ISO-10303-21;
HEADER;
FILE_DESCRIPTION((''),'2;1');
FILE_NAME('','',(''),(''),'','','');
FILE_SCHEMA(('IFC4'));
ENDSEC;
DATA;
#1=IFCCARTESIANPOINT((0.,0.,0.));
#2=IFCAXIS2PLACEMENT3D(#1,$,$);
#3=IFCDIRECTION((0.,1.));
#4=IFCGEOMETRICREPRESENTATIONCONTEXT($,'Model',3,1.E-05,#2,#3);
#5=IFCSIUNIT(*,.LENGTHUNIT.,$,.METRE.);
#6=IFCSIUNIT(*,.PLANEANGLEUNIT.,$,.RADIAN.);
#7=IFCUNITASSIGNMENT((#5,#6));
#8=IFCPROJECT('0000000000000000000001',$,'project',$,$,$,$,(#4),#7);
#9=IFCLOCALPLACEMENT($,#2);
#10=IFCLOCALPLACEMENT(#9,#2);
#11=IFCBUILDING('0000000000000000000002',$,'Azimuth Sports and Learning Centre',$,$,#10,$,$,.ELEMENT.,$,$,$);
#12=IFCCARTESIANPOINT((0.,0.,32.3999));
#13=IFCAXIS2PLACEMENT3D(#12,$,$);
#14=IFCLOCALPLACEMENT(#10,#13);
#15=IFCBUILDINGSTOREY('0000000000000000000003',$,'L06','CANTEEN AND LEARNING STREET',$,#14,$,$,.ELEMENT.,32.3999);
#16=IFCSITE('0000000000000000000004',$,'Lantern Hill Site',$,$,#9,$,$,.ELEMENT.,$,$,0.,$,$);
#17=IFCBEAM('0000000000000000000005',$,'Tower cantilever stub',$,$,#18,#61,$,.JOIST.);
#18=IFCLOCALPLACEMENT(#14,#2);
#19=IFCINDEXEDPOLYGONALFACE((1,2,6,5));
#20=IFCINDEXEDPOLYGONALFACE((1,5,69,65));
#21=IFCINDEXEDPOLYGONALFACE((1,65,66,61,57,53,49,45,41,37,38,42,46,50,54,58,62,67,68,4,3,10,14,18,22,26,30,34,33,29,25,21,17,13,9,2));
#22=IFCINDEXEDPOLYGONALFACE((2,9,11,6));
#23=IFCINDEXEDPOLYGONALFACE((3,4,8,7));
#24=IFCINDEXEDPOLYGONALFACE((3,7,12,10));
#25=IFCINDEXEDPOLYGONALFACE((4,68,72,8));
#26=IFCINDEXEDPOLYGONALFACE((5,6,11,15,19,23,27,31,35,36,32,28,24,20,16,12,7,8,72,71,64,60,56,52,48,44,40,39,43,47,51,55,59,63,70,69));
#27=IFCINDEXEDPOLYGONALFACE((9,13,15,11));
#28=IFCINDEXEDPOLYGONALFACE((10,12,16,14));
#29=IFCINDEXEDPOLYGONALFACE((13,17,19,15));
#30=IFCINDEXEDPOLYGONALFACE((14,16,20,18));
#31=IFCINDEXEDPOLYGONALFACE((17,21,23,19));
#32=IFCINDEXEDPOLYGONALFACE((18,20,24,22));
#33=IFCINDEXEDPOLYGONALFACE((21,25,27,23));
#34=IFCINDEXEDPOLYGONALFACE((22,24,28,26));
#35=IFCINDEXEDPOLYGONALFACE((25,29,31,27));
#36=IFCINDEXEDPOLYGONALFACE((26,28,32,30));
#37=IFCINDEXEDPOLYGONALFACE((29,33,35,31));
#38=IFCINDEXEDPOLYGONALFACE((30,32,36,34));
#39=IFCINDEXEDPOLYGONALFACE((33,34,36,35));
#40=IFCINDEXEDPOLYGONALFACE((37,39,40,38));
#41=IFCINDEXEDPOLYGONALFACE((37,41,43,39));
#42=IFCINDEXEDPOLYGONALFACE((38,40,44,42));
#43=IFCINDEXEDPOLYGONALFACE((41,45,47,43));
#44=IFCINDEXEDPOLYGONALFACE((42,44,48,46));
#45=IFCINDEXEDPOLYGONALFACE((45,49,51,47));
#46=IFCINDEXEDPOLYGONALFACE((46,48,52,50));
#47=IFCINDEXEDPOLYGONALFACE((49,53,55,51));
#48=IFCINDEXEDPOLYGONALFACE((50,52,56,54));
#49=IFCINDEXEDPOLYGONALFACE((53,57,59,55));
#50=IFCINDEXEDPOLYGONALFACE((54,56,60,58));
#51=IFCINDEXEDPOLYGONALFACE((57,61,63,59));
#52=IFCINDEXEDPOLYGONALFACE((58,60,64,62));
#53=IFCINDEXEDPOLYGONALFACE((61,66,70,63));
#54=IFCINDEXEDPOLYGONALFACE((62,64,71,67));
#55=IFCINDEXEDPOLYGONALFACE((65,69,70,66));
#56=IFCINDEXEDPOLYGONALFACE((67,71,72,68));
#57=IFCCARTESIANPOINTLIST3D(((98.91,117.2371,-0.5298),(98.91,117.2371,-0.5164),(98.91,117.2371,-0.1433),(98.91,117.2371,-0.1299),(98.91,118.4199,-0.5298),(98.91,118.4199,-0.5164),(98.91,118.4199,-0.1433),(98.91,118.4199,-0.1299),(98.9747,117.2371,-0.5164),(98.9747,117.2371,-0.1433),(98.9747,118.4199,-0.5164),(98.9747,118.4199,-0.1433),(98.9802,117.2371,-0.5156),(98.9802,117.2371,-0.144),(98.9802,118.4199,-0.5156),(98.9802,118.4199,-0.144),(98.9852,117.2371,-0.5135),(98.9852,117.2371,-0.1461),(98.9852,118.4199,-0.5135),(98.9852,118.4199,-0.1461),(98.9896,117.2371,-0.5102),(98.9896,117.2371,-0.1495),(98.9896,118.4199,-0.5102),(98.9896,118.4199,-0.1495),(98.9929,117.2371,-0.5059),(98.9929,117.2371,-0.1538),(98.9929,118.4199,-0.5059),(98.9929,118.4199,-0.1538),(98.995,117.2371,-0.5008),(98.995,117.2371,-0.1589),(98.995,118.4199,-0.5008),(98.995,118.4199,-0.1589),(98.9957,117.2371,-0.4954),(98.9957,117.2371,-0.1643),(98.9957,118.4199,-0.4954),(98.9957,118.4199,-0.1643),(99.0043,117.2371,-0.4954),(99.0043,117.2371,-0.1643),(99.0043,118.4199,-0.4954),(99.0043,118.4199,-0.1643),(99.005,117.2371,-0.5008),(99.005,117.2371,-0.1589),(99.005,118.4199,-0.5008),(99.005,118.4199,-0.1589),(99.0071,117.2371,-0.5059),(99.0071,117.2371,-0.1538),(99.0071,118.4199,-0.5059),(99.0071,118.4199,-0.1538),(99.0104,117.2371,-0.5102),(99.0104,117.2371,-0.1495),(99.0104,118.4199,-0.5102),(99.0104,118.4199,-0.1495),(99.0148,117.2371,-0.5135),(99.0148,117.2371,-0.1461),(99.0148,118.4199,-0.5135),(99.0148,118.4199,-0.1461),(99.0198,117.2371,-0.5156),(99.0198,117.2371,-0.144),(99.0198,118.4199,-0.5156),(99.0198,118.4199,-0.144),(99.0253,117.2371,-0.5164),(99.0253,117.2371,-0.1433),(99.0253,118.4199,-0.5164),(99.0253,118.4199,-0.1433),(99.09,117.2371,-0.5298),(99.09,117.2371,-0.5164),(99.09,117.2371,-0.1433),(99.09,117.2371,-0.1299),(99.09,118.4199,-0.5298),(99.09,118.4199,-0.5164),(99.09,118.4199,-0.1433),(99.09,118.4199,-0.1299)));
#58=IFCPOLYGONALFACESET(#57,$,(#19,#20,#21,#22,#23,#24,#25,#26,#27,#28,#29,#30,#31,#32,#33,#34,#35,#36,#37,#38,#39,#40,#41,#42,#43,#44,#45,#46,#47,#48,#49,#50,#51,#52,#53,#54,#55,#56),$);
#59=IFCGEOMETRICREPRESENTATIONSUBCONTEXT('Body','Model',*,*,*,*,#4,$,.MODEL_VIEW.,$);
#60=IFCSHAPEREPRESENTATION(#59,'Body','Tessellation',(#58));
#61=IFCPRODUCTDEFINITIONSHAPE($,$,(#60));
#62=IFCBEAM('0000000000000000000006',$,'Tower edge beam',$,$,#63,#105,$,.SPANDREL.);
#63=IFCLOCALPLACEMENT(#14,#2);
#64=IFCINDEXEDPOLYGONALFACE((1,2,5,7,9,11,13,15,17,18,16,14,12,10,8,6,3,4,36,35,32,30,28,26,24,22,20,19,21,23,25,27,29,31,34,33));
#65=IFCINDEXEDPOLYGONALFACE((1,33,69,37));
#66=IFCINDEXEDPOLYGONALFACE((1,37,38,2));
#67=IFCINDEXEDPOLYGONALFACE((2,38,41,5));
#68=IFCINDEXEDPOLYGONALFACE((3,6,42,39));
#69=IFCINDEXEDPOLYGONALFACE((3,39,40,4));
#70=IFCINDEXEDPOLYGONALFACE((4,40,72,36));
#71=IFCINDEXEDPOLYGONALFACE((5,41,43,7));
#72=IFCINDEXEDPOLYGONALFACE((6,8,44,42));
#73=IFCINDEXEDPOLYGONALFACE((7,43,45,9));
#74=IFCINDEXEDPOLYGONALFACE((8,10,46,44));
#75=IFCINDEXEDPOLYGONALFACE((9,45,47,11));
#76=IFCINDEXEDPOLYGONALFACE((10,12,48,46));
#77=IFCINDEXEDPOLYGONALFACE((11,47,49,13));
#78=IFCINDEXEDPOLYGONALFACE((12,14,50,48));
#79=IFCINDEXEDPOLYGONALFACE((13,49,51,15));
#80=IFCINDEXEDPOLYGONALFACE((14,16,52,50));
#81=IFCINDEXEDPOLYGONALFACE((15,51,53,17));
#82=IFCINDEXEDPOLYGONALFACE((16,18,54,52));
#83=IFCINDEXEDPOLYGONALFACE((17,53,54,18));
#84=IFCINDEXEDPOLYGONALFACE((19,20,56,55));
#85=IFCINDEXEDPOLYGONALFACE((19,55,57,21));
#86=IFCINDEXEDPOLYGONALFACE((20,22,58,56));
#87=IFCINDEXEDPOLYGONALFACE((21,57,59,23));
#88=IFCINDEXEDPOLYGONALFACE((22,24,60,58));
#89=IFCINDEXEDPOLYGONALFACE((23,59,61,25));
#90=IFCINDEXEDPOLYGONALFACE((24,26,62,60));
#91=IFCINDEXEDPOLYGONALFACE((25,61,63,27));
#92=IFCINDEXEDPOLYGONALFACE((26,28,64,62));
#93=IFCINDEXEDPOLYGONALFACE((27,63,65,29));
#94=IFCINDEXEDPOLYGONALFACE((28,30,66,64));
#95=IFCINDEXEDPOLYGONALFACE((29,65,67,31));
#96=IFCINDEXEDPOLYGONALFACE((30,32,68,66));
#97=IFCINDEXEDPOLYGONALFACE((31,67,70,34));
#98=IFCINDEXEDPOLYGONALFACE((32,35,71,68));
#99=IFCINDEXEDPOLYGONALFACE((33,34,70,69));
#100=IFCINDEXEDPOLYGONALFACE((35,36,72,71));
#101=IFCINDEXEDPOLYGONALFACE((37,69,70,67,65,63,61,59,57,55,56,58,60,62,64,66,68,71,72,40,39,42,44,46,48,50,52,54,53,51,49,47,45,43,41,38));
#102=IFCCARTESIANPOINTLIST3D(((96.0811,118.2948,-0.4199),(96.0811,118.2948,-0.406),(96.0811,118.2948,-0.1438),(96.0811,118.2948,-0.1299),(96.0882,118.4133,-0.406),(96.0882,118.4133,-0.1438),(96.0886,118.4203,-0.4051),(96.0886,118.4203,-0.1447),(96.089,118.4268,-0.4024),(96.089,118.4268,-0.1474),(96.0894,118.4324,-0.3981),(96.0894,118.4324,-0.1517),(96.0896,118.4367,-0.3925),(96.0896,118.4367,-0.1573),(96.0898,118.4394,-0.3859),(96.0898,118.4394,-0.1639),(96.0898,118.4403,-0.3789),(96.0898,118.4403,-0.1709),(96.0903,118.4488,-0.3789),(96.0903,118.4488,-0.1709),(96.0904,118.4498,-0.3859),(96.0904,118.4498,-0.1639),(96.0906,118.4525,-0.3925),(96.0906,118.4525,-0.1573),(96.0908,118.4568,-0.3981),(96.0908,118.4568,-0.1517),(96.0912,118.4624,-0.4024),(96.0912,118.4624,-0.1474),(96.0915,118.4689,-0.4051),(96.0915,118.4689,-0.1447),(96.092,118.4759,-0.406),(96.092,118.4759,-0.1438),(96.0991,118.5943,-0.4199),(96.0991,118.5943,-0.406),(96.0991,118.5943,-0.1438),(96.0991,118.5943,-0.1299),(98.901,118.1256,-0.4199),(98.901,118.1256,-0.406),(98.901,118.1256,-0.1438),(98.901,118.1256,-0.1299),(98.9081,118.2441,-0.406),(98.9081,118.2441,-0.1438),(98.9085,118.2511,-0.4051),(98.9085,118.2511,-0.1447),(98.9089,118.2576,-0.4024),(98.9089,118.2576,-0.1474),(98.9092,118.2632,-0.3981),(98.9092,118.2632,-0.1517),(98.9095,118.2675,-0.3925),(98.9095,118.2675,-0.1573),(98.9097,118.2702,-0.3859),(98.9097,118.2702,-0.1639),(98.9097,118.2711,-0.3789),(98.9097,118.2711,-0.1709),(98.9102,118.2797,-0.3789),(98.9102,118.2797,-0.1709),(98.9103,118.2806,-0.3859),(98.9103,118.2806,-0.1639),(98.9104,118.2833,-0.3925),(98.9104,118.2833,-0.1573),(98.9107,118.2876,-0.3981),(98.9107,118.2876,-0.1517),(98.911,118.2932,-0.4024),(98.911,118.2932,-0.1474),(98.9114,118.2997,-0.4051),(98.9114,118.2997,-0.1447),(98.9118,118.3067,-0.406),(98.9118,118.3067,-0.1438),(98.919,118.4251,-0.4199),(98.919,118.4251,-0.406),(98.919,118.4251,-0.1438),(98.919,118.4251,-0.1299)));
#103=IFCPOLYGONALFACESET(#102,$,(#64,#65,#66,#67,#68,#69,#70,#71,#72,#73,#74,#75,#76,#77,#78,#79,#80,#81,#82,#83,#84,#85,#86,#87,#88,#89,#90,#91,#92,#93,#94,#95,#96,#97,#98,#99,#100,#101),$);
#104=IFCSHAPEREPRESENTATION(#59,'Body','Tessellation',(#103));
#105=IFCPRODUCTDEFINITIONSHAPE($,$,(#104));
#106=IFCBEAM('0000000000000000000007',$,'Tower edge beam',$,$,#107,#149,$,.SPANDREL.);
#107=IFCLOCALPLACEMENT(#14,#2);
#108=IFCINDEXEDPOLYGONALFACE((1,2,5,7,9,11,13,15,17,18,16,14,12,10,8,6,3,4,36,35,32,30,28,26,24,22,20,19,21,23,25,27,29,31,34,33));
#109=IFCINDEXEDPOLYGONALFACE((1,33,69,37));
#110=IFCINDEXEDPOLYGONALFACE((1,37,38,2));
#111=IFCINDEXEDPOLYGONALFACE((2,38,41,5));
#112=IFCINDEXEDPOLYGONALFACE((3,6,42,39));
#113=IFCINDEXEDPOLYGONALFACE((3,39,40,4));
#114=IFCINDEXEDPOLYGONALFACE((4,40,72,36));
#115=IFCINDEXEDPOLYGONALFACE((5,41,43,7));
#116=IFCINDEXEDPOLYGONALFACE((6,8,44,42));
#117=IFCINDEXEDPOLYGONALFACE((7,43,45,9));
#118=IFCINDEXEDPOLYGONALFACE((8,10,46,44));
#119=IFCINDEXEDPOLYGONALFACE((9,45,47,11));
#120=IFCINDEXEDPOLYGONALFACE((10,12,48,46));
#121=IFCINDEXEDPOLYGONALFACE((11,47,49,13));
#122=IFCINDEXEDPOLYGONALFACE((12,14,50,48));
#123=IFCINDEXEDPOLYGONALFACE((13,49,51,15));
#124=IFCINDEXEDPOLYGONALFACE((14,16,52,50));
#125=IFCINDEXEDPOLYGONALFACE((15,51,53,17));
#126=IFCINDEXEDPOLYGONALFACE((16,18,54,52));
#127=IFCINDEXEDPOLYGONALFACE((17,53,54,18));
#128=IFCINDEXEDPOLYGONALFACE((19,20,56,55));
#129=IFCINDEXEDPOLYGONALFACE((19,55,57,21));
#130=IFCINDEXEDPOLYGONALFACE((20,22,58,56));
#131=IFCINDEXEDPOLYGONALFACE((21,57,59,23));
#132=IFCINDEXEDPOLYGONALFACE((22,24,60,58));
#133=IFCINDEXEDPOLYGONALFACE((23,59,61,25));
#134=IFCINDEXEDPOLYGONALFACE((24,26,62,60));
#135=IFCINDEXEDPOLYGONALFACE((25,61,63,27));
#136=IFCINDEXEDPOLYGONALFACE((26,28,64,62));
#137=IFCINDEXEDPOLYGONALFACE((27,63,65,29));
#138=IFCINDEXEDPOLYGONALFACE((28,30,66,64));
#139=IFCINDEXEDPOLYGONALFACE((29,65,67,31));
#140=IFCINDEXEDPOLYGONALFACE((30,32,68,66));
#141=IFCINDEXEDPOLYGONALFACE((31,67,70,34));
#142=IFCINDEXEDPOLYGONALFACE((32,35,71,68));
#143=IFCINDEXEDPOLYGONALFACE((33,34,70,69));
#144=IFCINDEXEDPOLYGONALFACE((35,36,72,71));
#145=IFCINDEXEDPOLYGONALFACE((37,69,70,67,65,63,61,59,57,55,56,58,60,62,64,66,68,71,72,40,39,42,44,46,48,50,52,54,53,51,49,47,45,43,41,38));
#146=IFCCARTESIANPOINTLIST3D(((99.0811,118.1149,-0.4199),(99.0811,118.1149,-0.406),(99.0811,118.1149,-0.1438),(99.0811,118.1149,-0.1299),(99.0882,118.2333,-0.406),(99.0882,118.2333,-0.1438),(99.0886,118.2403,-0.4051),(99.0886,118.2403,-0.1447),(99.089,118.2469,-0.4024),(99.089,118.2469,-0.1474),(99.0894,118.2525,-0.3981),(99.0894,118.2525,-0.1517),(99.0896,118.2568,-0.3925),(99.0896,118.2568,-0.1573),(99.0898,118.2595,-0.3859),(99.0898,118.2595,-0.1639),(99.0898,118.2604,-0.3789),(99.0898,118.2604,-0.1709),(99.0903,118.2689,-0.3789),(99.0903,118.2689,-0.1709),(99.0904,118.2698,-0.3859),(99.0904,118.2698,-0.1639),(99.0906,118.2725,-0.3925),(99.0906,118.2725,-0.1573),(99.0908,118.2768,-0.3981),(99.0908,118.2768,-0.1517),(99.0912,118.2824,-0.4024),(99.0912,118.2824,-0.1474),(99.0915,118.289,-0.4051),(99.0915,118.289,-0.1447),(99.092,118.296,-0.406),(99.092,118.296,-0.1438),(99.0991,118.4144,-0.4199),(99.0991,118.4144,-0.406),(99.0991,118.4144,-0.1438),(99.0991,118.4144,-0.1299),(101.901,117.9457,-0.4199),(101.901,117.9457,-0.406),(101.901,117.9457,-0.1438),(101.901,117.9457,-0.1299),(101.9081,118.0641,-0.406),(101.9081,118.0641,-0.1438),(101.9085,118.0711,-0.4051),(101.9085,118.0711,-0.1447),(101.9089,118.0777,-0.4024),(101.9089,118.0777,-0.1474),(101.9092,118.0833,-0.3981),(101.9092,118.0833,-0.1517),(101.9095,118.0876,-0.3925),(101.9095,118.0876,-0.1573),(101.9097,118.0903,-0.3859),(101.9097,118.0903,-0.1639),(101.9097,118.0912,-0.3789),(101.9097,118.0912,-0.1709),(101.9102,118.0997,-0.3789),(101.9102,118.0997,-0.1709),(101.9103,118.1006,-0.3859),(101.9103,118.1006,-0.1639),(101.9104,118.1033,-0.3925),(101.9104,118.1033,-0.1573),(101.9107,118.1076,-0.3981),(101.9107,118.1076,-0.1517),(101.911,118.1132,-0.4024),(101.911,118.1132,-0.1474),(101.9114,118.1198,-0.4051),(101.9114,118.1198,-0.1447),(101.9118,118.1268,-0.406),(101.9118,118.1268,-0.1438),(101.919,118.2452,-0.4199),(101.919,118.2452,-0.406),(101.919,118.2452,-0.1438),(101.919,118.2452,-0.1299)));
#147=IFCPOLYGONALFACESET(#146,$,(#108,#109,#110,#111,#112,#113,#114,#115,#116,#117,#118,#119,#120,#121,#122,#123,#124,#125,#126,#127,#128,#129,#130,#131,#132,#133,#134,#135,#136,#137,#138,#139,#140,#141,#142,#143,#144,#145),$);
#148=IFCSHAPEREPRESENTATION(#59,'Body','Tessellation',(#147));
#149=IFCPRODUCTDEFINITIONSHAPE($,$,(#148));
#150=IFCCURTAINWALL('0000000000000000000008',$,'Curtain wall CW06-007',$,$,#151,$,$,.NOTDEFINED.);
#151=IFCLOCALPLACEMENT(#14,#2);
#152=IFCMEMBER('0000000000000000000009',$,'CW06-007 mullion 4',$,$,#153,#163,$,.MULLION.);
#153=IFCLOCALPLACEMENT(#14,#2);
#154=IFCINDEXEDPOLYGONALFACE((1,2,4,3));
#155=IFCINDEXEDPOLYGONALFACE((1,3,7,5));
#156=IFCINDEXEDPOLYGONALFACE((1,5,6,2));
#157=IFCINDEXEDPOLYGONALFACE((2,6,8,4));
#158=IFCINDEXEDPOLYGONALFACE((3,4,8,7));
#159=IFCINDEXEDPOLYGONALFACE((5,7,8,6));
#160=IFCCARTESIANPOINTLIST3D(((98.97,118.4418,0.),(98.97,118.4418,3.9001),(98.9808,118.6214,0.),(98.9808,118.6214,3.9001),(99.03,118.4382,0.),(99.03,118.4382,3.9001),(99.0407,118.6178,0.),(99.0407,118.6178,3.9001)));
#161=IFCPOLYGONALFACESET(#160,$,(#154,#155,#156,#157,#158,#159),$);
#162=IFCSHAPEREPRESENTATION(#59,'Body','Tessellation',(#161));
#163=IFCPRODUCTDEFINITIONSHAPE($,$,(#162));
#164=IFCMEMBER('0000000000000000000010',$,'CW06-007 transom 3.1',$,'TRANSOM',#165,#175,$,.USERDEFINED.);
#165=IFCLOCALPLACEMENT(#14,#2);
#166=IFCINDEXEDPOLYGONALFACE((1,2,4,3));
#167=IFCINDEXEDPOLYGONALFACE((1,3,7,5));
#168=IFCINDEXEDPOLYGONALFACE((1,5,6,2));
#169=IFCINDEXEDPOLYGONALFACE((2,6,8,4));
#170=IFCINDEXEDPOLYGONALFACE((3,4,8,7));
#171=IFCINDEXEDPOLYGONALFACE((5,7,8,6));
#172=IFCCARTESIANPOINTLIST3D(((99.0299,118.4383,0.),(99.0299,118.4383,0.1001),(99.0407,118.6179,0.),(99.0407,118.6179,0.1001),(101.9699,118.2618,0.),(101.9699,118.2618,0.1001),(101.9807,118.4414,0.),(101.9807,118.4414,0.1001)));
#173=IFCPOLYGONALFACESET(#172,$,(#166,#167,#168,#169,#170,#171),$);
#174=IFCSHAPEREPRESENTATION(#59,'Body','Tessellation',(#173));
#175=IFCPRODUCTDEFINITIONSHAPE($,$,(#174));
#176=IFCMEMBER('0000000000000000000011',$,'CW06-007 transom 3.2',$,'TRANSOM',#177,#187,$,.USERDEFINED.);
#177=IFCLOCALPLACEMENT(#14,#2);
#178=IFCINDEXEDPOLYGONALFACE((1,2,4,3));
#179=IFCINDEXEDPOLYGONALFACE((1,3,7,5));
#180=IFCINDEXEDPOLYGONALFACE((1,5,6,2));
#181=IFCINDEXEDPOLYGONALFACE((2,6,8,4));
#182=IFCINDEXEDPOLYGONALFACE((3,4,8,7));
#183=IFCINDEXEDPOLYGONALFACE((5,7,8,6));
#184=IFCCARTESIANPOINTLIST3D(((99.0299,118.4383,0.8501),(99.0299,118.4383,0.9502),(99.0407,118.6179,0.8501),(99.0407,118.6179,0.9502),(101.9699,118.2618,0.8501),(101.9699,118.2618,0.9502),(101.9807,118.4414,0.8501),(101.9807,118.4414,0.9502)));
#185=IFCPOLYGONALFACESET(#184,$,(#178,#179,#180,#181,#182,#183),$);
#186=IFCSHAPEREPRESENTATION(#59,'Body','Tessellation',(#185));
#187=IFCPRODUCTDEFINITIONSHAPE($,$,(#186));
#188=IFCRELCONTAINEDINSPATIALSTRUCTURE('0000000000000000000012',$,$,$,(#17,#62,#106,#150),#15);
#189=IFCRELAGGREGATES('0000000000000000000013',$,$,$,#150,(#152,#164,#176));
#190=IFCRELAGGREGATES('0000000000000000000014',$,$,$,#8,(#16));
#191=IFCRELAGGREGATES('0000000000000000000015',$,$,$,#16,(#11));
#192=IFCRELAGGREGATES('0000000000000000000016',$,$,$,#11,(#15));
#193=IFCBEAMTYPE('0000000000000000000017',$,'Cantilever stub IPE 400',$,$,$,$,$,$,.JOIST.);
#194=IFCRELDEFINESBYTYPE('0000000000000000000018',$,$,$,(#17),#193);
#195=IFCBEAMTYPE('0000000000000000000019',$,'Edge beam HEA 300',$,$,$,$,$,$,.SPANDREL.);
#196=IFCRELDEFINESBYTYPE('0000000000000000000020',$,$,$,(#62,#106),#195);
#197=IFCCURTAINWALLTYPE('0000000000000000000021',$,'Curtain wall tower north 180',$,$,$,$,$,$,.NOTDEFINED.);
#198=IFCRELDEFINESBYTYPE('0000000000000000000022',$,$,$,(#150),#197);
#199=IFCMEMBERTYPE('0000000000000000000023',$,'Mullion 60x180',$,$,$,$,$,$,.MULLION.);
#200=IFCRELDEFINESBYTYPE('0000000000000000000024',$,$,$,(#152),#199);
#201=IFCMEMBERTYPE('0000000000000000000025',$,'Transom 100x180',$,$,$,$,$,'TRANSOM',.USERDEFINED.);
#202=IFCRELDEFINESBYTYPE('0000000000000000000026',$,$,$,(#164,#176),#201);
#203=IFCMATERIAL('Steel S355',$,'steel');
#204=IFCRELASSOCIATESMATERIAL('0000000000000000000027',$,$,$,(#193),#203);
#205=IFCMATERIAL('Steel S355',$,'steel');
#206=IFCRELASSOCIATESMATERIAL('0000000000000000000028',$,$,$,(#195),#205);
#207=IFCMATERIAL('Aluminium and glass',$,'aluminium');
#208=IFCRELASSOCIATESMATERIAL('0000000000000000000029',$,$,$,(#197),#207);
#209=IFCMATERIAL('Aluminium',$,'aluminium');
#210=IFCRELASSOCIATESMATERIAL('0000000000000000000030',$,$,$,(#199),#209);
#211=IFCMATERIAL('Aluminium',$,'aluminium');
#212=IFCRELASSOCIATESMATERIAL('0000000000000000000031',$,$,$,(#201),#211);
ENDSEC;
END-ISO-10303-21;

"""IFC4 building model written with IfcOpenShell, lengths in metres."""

from ifc_helpers import new_model, si_unit, direction, frame, origin, origin_2d, place, context, subcontext, project, spatial, rectangle, i_section, extrude, material, material_profile, profile_set, type_object, element, aggregate, save


model = new_model("IFC4")

# Units and contexts
model_context = context("Model", 3, precision=1e-05, world=origin(), true_north=direction((0.0, 1.0)))
body_context = subcontext(model_context, "Body", "Model", "MODEL_VIEW")
ifc_project = project(units=[si_unit("LENGTHUNIT", "METRE"), si_unit("PLANEANGLEUNIT", "RADIAN")], contexts=[model_context])

# Site, building, storey
site_placement = place(None, origin())
site = spatial("IfcSite", under=ifc_project, at=site_placement, Name="Lantern Hill Site", CompositionType="ELEMENT", RefElevation=0.0)
building_placement = place(site_placement, origin())
building = spatial("IfcBuilding", under=site, at=building_placement, Name="Azimuth Sports and Learning Centre", CompositionType="ELEMENT")
storey_placement = place(building_placement, frame((0.0, 0.0, 32.3999)))
storey = spatial("IfcBuildingStorey", under=building, at=storey_placement, Name="L06", Description="CANTEEN AND LEARNING STREET", CompositionType="ELEMENT", Elevation=32.3999)

# Beams
ifc_material_1 = material(Name="Steel S355", Category="steel")
ifc_material_profile_1 = material_profile(ifc_material_1, i_section(OverallWidth=0.1799, OverallDepth=0.3999, WebThickness=0.0085, FlangeThickness=0.0134, FilletRadius=0.021, at=origin_2d()), Name="IPE 400")
ifc_profile_set_1 = profile_set([ifc_material_profile_1], Name="Steel S355")
beam_type_1 = type_object("IfcBeamType", Name="Cantilever stub IPE 400", PredefinedType="JOIST", material=ifc_profile_set_1)
beam_1_placement = place(storey_placement, frame((99.0, 117.2371, -0.3298), z_axis=(0.0, 1.0, 0.0), x_axis=(-1.0, 0.0, 0.0)))
element("IfcBeam", 1, at=beam_1_placement, inside=storey, type_object=beam_type_1, Name="Tower cantilever stub", PredefinedType="JOIST", context=body_context, shape_type="SweptSolid", body=[
    extrude(i_section(OverallWidth=0.1799, OverallDepth=0.3999, WebThickness=0.0085, FlangeThickness=0.0134, FilletRadius=0.021, at=origin_2d()), origin(), (0.0, 0.0, 1.0), 1.1829),
])
ifc_material_2 = material(Name="Steel S355", Category="steel")
ifc_material_profile_2 = material_profile(ifc_material_2, i_section(OverallWidth=0.3, OverallDepth=0.29, WebThickness=0.0085, FlangeThickness=0.0139, FilletRadius=0.0271, at=origin_2d()), Name="HEA 300")
ifc_profile_set_2 = profile_set([ifc_material_profile_2], Name="Steel S355")
beam_type_2 = type_object("IfcBeamType", Name="Edge beam HEA 300", PredefinedType="SPANDREL", material=ifc_profile_set_2)
for number, where, z_axis, x_axis, name in (
    (2, (96.0901, 118.4446, -0.2749), (0.998205, -0.059892, 0.0), (0.059892, 0.998205, 0.0), "Tower edge beam"),
    (3, (99.0901, 118.2646, -0.2749), (0.998205, -0.059892, 0.0), (0.059892, 0.998205, 0.0), "Tower edge beam"),
):
    element("IfcBeam", number, at=place(storey_placement, frame(where, z_axis=z_axis, x_axis=x_axis)), inside=storey, type_object=beam_type_2, Name=name, PredefinedType="SPANDREL", context=body_context, shape_type="SweptSolid", body=[
        extrude(i_section(OverallWidth=0.3, OverallDepth=0.29, WebThickness=0.0085, FlangeThickness=0.0139, FilletRadius=0.0271, at=origin_2d()), origin(), (0.0, 0.0, 1.0), 2.825),
    ])

# Curtain wall, members
ifc_material_3 = material(Name="Aluminium and glass", Category="aluminium")
curtain_wall_type = type_object("IfcCurtainWallType", Name="Curtain wall tower north 180", PredefinedType="NOTDEFINED", material=ifc_material_3)
curtain_wall_placement = place(storey_placement, origin())
curtain_wall = element("IfcCurtainWall", 4, at=curtain_wall_placement, inside=storey, type_object=curtain_wall_type, Name="Curtain wall CW06-007", PredefinedType="NOTDEFINED")
ifc_material_4 = material(Name="Aluminium", Category="aluminium")
ifc_material_profile_3 = material_profile(ifc_material_4, rectangle(XDim=0.1799, YDim=0.0601, at=origin_2d()), Name="Mullion 60x180")
ifc_profile_set_3 = profile_set([ifc_material_profile_3], Name="Aluminium")
member_type_1 = type_object("IfcMemberType", Name="Mullion 60x180", PredefinedType="MULLION", material=ifc_profile_set_3)
member_1_placement = place(storey_placement, frame((99.0054, 118.5298, 0.0), z_axis=(0.0, 0.0, 1.0), x_axis=(-0.059892, -0.998205, 0.0)))
member_1 = element("IfcMember", 5, at=member_1_placement, type_object=member_type_1, Name="CW06-007 mullion 4", PredefinedType="MULLION", context=body_context, shape_type="SweptSolid", body=[
    extrude(rectangle(XDim=0.1799, YDim=0.0601, at=origin_2d()), origin(), (0.0, 0.0, 1.0), 3.9001),
])
ifc_material_5 = material(Name="Aluminium", Category="aluminium")
ifc_material_profile_4 = material_profile(ifc_material_5, rectangle(XDim=0.1799, YDim=0.1001, at=origin_2d()), Name="Transom 100x180")
ifc_profile_set_4 = profile_set([ifc_material_profile_4], Name="Aluminium")
member_type_2 = type_object("IfcMemberType", Name="Transom 100x180", ElementType="TRANSOM", PredefinedType="USERDEFINED", material=ifc_profile_set_4)
member_2_placement = place(storey_placement, frame((101.9753, 118.3516, 0.05), z_axis=(-0.998202, 0.059932, 0.0), x_axis=(-0.059932, -0.998202, 0.0)))
member_2 = element("IfcMember", 6, at=member_2_placement, type_object=member_type_2, Name="CW06-007 transom 3.1", ObjectType="TRANSOM", PredefinedType="USERDEFINED", context=body_context, shape_type="SweptSolid", body=[
    extrude(rectangle(XDim=0.1799, YDim=0.1001, at=origin_2d()), origin(), (0.0, 0.0, 1.0), 2.9453),
])
member_3_placement = place(storey_placement, frame((101.9753, 118.3516, 0.9001), z_axis=(-0.998202, 0.059932, 0.0), x_axis=(-0.059932, -0.998202, 0.0)))
member_3 = element("IfcMember", 7, at=member_3_placement, type_object=member_type_2, Name="CW06-007 transom 3.2", ObjectType="TRANSOM", PredefinedType="USERDEFINED", context=body_context, shape_type="SweptSolid", body=[
    extrude(rectangle(XDim=0.1799, YDim=0.1001, at=origin_2d()), origin(), (0.0, 0.0, 1.0), 2.9453),
])
aggregate(curtain_wall, [member_1, member_2, member_3])

save(model, "model.ifc")
